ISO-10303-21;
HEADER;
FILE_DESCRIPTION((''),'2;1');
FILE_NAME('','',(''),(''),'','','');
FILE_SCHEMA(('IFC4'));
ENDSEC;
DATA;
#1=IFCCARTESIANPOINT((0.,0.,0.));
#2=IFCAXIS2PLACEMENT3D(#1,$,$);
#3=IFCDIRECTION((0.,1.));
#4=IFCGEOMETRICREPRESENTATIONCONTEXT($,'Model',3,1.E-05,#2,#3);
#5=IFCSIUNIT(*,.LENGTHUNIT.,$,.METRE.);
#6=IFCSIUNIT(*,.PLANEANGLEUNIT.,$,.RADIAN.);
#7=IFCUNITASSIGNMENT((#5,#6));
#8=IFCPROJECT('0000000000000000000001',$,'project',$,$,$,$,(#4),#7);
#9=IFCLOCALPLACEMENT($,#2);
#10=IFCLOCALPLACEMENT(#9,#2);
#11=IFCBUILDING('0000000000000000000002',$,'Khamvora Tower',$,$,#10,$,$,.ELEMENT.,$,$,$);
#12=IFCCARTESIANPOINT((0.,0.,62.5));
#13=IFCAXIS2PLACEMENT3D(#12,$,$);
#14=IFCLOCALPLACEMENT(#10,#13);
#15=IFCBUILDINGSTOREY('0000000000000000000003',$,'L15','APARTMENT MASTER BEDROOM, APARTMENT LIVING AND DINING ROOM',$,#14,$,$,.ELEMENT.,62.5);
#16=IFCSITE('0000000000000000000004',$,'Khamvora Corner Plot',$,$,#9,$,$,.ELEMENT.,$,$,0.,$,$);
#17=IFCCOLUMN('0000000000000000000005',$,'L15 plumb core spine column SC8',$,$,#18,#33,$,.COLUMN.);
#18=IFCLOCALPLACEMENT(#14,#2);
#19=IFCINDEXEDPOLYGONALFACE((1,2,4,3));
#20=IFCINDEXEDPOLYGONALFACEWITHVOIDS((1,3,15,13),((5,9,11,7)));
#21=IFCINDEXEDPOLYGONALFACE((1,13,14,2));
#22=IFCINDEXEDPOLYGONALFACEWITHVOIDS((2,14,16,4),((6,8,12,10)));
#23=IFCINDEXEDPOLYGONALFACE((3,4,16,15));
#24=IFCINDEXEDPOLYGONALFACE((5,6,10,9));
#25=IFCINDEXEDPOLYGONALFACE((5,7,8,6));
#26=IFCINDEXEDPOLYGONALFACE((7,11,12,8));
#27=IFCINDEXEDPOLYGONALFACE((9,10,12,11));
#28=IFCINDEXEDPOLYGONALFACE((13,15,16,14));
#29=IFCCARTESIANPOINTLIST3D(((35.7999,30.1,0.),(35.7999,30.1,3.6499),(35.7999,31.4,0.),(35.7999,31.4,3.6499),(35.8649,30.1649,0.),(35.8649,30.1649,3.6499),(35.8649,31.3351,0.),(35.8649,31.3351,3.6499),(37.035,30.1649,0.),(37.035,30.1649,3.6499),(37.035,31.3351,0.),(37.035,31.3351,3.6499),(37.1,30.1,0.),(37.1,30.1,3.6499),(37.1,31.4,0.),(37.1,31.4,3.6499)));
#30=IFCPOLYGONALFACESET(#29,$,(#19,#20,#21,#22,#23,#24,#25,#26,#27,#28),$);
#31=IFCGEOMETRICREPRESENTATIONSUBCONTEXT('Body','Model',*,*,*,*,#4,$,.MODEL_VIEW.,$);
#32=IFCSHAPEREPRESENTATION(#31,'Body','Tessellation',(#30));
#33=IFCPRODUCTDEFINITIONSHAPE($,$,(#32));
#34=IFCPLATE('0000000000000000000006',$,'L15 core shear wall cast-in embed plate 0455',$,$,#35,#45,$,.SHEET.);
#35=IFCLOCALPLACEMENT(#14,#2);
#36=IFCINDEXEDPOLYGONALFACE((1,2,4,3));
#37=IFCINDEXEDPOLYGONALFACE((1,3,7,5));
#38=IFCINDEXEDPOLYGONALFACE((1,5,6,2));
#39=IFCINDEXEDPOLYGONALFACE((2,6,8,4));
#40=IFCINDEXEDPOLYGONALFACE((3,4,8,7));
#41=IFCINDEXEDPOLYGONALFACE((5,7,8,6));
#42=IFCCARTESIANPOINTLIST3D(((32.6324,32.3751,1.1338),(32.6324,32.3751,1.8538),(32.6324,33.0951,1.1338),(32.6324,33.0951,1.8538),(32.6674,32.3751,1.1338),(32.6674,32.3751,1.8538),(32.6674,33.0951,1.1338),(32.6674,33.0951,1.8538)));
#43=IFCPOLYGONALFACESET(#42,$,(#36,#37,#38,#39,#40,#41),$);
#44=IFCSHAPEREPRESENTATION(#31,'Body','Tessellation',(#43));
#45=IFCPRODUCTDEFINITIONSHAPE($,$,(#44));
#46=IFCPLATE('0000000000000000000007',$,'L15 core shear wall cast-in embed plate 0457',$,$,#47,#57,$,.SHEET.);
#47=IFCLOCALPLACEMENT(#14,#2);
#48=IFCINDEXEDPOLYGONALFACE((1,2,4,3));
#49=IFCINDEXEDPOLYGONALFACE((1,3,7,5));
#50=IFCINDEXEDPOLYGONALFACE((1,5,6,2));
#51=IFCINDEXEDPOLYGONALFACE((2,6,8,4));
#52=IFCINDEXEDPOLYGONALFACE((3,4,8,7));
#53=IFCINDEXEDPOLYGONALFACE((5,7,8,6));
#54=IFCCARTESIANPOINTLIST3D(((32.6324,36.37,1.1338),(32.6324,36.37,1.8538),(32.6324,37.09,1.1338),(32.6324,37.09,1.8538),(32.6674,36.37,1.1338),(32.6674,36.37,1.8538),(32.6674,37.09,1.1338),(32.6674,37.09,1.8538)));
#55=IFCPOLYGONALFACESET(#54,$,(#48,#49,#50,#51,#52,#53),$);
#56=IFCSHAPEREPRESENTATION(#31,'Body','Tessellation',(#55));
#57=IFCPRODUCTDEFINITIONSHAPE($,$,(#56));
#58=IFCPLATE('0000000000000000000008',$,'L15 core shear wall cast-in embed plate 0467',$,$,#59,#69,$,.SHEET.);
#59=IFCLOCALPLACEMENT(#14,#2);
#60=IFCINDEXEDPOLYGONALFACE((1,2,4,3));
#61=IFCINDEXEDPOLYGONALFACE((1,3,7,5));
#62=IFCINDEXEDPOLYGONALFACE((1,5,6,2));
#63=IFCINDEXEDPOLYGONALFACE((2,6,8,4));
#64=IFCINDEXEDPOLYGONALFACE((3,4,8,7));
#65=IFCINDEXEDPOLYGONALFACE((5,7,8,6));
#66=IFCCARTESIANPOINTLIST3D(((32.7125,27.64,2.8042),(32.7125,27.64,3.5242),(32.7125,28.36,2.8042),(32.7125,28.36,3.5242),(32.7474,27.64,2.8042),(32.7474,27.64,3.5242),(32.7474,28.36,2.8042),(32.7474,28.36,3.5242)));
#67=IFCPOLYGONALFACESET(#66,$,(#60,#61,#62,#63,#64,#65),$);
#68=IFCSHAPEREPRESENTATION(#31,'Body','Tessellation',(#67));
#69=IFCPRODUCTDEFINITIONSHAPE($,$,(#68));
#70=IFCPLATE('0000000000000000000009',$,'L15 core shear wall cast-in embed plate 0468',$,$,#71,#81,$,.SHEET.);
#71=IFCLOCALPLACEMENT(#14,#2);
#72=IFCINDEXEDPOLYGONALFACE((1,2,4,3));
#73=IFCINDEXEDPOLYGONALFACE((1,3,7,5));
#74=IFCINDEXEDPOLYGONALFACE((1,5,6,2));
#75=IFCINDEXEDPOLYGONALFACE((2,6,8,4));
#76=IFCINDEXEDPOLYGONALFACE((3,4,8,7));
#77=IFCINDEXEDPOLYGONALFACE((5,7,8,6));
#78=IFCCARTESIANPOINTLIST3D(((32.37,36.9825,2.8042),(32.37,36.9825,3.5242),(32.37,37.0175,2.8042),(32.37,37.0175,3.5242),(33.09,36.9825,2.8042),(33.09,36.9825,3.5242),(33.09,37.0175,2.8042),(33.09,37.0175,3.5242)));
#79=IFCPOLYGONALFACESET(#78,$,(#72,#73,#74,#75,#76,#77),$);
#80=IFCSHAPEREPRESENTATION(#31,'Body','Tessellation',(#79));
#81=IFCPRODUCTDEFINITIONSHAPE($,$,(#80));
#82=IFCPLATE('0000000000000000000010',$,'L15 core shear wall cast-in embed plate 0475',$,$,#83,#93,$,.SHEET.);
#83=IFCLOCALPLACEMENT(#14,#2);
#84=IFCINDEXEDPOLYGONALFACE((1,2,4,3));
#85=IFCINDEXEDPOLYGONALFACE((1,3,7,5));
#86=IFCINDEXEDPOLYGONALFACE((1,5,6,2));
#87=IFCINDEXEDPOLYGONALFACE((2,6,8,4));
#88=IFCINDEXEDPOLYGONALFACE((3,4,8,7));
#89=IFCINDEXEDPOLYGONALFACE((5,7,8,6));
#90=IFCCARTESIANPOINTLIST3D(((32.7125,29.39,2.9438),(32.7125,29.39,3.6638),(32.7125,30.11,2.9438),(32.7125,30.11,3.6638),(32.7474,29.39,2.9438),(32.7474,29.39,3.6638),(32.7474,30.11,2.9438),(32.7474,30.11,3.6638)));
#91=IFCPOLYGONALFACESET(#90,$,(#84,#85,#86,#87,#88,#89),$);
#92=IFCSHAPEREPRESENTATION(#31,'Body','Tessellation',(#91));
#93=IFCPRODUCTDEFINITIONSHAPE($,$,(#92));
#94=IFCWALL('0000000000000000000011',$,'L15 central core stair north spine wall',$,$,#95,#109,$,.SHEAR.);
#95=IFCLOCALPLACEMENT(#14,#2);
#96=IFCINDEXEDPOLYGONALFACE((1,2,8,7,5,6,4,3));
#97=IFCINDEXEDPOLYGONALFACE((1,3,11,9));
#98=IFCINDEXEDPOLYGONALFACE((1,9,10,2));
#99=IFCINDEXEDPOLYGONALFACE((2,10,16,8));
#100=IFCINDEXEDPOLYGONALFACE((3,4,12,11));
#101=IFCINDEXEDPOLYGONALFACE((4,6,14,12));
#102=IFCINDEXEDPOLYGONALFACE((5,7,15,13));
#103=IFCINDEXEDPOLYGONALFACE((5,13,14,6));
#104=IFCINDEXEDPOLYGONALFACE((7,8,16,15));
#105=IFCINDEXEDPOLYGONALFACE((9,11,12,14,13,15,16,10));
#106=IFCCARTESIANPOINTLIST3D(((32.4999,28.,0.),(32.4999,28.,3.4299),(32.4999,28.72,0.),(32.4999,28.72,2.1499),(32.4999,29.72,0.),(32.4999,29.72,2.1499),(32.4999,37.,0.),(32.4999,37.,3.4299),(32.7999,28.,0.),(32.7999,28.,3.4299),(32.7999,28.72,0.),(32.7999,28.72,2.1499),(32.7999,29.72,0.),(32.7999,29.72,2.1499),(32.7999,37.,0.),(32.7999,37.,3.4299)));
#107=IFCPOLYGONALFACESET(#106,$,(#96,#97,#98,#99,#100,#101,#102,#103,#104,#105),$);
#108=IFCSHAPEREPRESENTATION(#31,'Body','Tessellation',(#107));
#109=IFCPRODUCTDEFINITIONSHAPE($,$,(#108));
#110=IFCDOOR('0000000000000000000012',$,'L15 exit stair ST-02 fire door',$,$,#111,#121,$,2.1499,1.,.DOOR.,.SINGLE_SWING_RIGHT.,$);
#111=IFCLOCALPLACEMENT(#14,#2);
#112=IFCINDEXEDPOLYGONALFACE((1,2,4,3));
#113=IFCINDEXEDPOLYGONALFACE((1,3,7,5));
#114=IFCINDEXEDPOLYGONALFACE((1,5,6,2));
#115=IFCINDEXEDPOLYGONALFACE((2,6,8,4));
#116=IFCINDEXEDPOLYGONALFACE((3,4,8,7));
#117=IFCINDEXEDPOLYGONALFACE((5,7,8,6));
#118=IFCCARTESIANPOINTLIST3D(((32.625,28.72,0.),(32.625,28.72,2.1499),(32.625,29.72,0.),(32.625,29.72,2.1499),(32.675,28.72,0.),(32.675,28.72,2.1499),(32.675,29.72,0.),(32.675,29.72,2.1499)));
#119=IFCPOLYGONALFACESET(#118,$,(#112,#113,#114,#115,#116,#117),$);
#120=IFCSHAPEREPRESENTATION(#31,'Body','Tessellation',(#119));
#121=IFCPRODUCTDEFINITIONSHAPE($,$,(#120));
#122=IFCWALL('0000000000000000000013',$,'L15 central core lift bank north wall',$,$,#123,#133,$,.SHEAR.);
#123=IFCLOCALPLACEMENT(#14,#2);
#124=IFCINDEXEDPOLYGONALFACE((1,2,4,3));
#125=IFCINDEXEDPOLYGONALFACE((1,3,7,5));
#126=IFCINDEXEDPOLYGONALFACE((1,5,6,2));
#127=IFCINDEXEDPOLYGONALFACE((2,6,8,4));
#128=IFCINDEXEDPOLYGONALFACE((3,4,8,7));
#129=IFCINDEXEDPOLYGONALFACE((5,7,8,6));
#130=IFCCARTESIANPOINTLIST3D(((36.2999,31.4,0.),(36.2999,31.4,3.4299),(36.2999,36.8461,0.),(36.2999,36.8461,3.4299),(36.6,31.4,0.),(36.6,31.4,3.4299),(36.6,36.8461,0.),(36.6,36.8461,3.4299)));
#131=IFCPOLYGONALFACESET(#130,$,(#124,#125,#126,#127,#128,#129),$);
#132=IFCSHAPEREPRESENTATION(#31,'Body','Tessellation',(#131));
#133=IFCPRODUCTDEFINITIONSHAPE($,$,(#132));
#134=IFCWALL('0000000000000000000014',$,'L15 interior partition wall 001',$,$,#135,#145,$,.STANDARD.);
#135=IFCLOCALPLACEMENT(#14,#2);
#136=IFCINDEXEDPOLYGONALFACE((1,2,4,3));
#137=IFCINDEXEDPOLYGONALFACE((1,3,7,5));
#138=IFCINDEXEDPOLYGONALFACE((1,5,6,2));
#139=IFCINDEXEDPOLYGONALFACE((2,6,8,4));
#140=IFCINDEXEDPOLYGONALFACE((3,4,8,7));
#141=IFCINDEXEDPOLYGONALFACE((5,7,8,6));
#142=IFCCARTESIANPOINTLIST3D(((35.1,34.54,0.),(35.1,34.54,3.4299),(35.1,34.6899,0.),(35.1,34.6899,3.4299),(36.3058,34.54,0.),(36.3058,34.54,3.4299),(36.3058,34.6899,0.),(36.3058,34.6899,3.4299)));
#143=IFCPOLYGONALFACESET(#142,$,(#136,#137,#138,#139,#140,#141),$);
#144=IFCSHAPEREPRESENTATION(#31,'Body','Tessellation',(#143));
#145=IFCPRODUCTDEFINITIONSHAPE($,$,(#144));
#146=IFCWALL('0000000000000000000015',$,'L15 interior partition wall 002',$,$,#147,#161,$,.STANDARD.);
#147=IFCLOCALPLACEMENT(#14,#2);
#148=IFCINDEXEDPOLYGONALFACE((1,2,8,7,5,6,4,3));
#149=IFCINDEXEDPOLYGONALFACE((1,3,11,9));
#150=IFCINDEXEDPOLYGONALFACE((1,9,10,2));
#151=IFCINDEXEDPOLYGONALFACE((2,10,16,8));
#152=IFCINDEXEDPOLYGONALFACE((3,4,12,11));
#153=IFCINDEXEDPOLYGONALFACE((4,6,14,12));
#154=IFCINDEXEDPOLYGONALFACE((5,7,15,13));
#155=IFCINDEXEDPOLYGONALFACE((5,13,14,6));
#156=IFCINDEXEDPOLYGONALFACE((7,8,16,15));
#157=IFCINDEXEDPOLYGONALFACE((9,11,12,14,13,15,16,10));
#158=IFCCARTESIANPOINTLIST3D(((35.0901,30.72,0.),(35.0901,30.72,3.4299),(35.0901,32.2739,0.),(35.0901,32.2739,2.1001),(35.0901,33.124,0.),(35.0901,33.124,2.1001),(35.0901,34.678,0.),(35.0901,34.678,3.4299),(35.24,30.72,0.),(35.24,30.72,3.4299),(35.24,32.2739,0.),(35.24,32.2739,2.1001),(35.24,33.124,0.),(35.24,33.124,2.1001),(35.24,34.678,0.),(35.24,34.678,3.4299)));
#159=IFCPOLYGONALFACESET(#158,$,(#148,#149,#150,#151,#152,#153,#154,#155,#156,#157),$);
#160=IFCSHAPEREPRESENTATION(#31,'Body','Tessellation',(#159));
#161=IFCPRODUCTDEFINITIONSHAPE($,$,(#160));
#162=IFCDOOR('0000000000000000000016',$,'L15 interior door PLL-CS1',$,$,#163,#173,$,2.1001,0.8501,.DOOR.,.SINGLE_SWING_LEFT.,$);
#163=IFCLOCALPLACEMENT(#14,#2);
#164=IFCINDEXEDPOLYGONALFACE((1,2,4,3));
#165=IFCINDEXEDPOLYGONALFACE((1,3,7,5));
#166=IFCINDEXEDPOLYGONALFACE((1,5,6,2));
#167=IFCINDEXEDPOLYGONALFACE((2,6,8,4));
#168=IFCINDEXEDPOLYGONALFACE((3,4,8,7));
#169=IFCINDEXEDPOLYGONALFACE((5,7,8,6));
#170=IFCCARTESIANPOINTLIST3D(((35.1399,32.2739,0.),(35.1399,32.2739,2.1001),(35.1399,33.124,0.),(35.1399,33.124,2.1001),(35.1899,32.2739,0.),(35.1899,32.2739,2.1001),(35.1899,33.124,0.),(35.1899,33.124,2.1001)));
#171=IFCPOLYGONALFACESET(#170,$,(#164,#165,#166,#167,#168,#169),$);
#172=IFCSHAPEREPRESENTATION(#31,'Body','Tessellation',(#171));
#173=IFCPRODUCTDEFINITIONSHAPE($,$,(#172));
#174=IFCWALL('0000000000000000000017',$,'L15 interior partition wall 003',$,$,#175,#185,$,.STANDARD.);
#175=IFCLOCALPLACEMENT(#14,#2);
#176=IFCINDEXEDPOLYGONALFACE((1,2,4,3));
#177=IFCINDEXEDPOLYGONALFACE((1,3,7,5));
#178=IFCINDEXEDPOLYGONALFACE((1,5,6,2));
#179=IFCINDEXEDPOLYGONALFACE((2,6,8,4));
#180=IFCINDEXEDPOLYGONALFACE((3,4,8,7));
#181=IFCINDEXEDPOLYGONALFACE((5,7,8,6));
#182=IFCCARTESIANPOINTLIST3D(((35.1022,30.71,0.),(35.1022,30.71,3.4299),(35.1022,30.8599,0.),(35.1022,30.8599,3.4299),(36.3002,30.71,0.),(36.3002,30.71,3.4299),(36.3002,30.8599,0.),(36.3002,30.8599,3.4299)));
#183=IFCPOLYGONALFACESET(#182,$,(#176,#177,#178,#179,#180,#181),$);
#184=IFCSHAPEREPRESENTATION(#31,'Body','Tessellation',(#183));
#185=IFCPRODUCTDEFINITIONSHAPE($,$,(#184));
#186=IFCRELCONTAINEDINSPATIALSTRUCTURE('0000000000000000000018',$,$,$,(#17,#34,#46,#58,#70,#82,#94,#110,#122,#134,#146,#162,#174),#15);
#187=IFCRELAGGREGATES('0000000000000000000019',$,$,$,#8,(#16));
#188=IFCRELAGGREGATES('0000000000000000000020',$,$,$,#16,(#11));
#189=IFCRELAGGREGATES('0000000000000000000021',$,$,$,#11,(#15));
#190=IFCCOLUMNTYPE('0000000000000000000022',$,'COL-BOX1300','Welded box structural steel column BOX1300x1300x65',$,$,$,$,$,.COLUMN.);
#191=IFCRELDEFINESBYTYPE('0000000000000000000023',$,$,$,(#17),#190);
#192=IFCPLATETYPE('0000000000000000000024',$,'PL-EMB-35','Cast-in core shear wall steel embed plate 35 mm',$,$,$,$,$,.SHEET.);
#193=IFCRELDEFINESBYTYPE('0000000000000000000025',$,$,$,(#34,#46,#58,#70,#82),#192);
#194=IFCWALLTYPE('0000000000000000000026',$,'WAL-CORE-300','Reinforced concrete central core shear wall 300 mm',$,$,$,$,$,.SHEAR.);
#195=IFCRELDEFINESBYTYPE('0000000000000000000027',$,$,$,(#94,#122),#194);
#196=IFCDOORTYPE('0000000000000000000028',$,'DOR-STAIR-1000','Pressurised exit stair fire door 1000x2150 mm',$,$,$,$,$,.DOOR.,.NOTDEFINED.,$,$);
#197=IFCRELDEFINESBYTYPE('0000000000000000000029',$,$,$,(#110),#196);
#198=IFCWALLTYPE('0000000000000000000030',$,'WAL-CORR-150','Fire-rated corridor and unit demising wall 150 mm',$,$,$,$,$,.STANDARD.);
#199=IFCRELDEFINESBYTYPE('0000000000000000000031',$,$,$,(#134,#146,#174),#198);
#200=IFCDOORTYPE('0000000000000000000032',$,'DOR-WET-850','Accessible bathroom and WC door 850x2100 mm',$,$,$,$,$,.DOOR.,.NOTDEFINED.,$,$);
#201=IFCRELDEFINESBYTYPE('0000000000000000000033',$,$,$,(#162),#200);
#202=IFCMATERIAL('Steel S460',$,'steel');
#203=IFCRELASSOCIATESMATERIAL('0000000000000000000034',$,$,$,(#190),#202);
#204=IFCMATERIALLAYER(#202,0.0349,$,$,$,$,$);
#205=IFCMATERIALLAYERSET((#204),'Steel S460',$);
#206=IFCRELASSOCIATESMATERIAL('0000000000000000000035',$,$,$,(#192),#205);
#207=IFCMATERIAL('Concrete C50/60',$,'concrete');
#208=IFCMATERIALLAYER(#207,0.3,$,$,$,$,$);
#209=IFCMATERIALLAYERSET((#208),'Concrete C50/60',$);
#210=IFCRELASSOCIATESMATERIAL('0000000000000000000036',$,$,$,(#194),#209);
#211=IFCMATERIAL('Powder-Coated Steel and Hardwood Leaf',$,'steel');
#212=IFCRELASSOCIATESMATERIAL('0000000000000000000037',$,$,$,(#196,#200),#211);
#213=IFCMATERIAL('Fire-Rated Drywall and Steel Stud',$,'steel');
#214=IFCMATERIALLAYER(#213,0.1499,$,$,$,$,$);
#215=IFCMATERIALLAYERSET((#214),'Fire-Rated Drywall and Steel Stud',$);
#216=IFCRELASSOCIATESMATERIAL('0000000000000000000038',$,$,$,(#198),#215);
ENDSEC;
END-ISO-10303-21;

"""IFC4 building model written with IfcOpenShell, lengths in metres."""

from ifc_helpers import new_model, si_unit, direction, frame, frame_2d, origin, origin_2d, place, context, subcontext, project, spatial, rectangle, hollow_rectangle, extrude, material, layer, layer_set, material_profile, profile_set, type_object, element, fill, save


model = new_model("IFC4")

# Units and contexts
model_context = context("Model", 3, precision=1e-05, world=origin(), true_north=direction((0.0, 1.0)))
body_context = subcontext(model_context, "Body", "Model", "MODEL_VIEW")
ifc_project = project(units=[si_unit("LENGTHUNIT", "METRE"), si_unit("PLANEANGLEUNIT", "RADIAN")], contexts=[model_context])

# Site, building, storey
site_placement = place(None, origin())
site = spatial("IfcSite", under=ifc_project, at=site_placement, Name="Khamvora Corner Plot", CompositionType="ELEMENT", RefElevation=0.0)
building_placement = place(site_placement, origin())
building = spatial("IfcBuilding", under=site, at=building_placement, Name="Khamvora Tower", CompositionType="ELEMENT")
storey_placement = place(building_placement, frame((0.0, 0.0, 62.5)))
storey = spatial("IfcBuildingStorey", under=building, at=storey_placement, Name="L15", Description="APARTMENT MASTER BEDROOM, APARTMENT LIVING AND DINING ROOM", CompositionType="ELEMENT", Elevation=62.5)

# Column
ifc_material_1 = material(Name="Steel S460", Category="steel")
ifc_material_profile = material_profile(ifc_material_1, hollow_rectangle(XDim=1.3, YDim=1.3, WallThickness=0.0649, at=origin_2d()), Name="BOX1300x1300x65")
ifc_profile_set = profile_set([ifc_material_profile], Name="Steel S460")
column_type = type_object("IfcColumnType", Name="COL-BOX1300", Description="Welded box structural steel column BOX1300x1300x65", PredefinedType="COLUMN", material=ifc_profile_set)
column_placement = place(storey_placement, frame((36.45, 30.75, 0.0), z_axis=(0.0, 0.0, 1.0), x_axis=(1.0, 0.0, 0.0)))
element("IfcColumn", 1, at=column_placement, inside=storey, type_object=column_type, Name="L15 plumb core spine column SC8", PredefinedType="COLUMN", context=body_context, shape_type="SweptSolid", body=[
    extrude(hollow_rectangle(XDim=1.3, YDim=1.3, WallThickness=0.0649, at=origin_2d()), origin(), (0.0, 0.0, 1.0), 3.6499),
])

# Plates
ifc_layer_1 = layer(ifc_material_1, 0.0349)
ifc_layer_set_1 = layer_set([ifc_layer_1], Name="Steel S460")
plate_type = type_object("IfcPlateType", Name="PL-EMB-35", Description="Cast-in core shear wall steel embed plate 35 mm", PredefinedType="SHEET", material=ifc_layer_set_1)
for number, where, z_axis, x_axis, name in (
    (2, (32.6499, 32.7351, 1.1338), (0.0, 0.0, 1.0), (1.0, 0.0, 0.0), "L15 core shear wall cast-in embed plate 0455"),
    (3, (32.6499, 36.73, 1.1338), (0.0, 0.0, 1.0), (1.0, 0.0, 0.0), "L15 core shear wall cast-in embed plate 0457"),
    (4, (32.73, 28.0, 2.8042), (0.0, 0.0, 1.0), (1.0, 0.0, 0.0), "L15 core shear wall cast-in embed plate 0467"),
):
    element("IfcPlate", number, at=place(storey_placement, frame(where, z_axis=z_axis, x_axis=x_axis)), inside=storey, type_object=plate_type, Name=name, PredefinedType="SHEET", context=body_context, shape_type="SweptSolid", body=[
        extrude(rectangle(XDim=0.0349, YDim=0.72, at=origin_2d()), origin(), (0.0, 0.0, 1.0), 0.72),
    ])
plate_1_placement = place(storey_placement, frame((32.73, 37.0, 2.8042), z_axis=(0.0, 0.0, 1.0), x_axis=(1.0, 0.0, 0.0)))
element("IfcPlate", 5, at=plate_1_placement, inside=storey, type_object=plate_type, Name="L15 core shear wall cast-in embed plate 0468", PredefinedType="SHEET", context=body_context, shape_type="SweptSolid", body=[
    extrude(rectangle(XDim=0.72, YDim=0.0349, at=origin_2d()), origin(), (0.0, 0.0, 1.0), 0.72),
])
plate_2_placement = place(storey_placement, frame((32.73, 29.75, 2.9438), z_axis=(0.0, 0.0, 1.0), x_axis=(1.0, 0.0, 0.0)))
element("IfcPlate", 6, at=plate_2_placement, inside=storey, type_object=plate_type, Name="L15 core shear wall cast-in embed plate 0475", PredefinedType="SHEET", context=body_context, shape_type="SweptSolid", body=[
    extrude(rectangle(XDim=0.0349, YDim=0.72, at=origin_2d()), origin(), (0.0, 0.0, 1.0), 0.72),
])

# Wall, opening, door
ifc_material_2 = material(Name="Concrete C50/60", Category="concrete")
ifc_layer_2 = layer(ifc_material_2, 0.3)
ifc_layer_set_2 = layer_set([ifc_layer_2], Name="Concrete C50/60")
wall_type_1 = type_object("IfcWallType", Name="WAL-CORE-300", Description="Reinforced concrete central core shear wall 300 mm", PredefinedType="SHEAR", material=ifc_layer_set_2)
wall_1_placement = place(storey_placement, frame((32.6499, 28.0, 0.0), z_axis=(0.0, 0.0, 1.0), x_axis=(0.0, 1.0, 0.0)))
wall_1 = element("IfcWall", 7, at=wall_1_placement, inside=storey, type_object=wall_type_1, Name="L15 central core stair north spine wall", PredefinedType="SHEAR", context=body_context, shape_type="SweptSolid", body=[
    extrude(rectangle(XDim=9.0, YDim=0.3, at=frame_2d((4.5, 0.0))), origin(), (0.0, 0.0, 1.0), 3.4299),
])
opening_1_placement = place(wall_1_placement, frame((0.72, 0.0, 0.0)))
opening_1 = element("IfcOpeningElement", 8, at=opening_1_placement, cuts=wall_1, PredefinedType="OPENING", context=body_context, shape_type="SweptSolid", body=[
    extrude(rectangle(XDim=1.0, YDim=2.1499, at=frame_2d((0.5, 1.075))), frame((0.0, 0.1599, 0.0), z_axis=(0.0, -1.0, 0.0), x_axis=(1.0, 0.0, 0.0)), (0.0, 0.0, 1.0), 0.3201),
])
ifc_material_3 = material(Name="Powder-Coated Steel and Hardwood Leaf", Category="steel")
door_type_1 = type_object("IfcDoorType", Name="DOR-STAIR-1000", Description="Pressurised exit stair fire door 1000x2150 mm", OperationType="NOTDEFINED", PredefinedType="DOOR", material=ifc_material_3)
door_1_placement = place(opening_1_placement, origin())
door_1 = element("IfcDoor", 9, at=door_1_placement, inside=storey, type_object=door_type_1, Name="L15 exit stair ST-02 fire door", OperationType="SINGLE_SWING_RIGHT", OverallHeight=2.1499, OverallWidth=1.0, PredefinedType="DOOR", context=body_context, shape_type="SweptSolid", body=[
    extrude(rectangle(XDim=1.0, YDim=2.1499, at=frame_2d((0.5, 1.075))), frame((0.0, 0.0249, 0.0), z_axis=(0.0, -1.0, 0.0), x_axis=(1.0, 0.0, 0.0)), (0.0, 0.0, 1.0), 0.05),
])
fill(opening_1, door_1)

# Walls
wall_2_placement = place(storey_placement, frame((36.45, 31.3999, 0.0), z_axis=(0.0, 0.0, 1.0), x_axis=(0.0, 1.0, 0.0)))
element("IfcWall", 10, at=wall_2_placement, inside=storey, type_object=wall_type_1, Name="L15 central core lift bank north wall", PredefinedType="SHEAR", context=body_context, shape_type="SweptSolid", body=[
    extrude(rectangle(XDim=5.446, YDim=0.3, at=frame_2d((2.7231, 0.0))), origin(), (0.0, 0.0, 1.0), 3.4299),
])
ifc_material_4 = material(Name="Fire-Rated Drywall and Steel Stud", Category="steel")
ifc_layer_3 = layer(ifc_material_4, 0.1499)
ifc_layer_set_3 = layer_set([ifc_layer_3], Name="Fire-Rated Drywall and Steel Stud")
wall_type_2 = type_object("IfcWallType", Name="WAL-CORR-150", Description="Fire-rated corridor and unit demising wall 150 mm", PredefinedType="STANDARD", material=ifc_layer_set_3)
wall_3_placement = place(storey_placement, frame((36.3059, 34.615, 0.0), z_axis=(0.0, 0.0, 1.0), x_axis=(-1.0, 0.0, 0.0)))
element("IfcWall", 11, at=wall_3_placement, inside=storey, type_object=wall_type_2, Name="L15 interior partition wall 001", PredefinedType="STANDARD", context=body_context, shape_type="SweptSolid", body=[
    extrude(rectangle(XDim=1.2058, YDim=0.1499, at=frame_2d((0.603, 0.0))), origin(), (0.0, 0.0, 1.0), 3.4299),
])

# Wall, opening, door
wall_4_placement = place(storey_placement, frame((35.165, 34.678, 0.0), z_axis=(0.0, 0.0, 1.0), x_axis=(0.0, -1.0, 0.0)))
wall_4 = element("IfcWall", 12, at=wall_4_placement, inside=storey, type_object=wall_type_2, Name="L15 interior partition wall 002", PredefinedType="STANDARD", context=body_context, shape_type="SweptSolid", body=[
    extrude(rectangle(XDim=3.958, YDim=0.1499, at=frame_2d((1.979, 0.0))), origin(), (0.0, 0.0, 1.0), 3.4299),
])
opening_2_placement = place(wall_4_placement, frame((1.554, 0.0, 0.0)))
opening_2 = element("IfcOpeningElement", 13, at=opening_2_placement, cuts=wall_4, PredefinedType="OPENING", context=body_context, shape_type="SweptSolid", body=[
    extrude(rectangle(XDim=0.8501, YDim=2.1001, at=frame_2d((0.425, 1.05))), frame((0.0, 0.085, 0.0), z_axis=(0.0, -1.0, 0.0), x_axis=(1.0, 0.0, 0.0)), (0.0, 0.0, 1.0), 0.1699),
])
door_type_2 = type_object("IfcDoorType", Name="DOR-WET-850", Description="Accessible bathroom and WC door 850x2100 mm", OperationType="NOTDEFINED", PredefinedType="DOOR", material=ifc_material_3)
door_2_placement = place(opening_2_placement, origin())
door_2 = element("IfcDoor", 14, at=door_2_placement, inside=storey, type_object=door_type_2, Name="L15 interior door PLL-CS1", OperationType="SINGLE_SWING_LEFT", OverallHeight=2.1001, OverallWidth=0.8501, PredefinedType="DOOR", context=body_context, shape_type="SweptSolid", body=[
    extrude(rectangle(XDim=0.8501, YDim=2.1001, at=frame_2d((0.425, 1.05))), frame((0.0, 0.0249, 0.0), z_axis=(0.0, -1.0, 0.0), x_axis=(1.0, 0.0, 0.0)), (0.0, 0.0, 1.0), 0.05),
])
fill(opening_2, door_2)

# Wall
wall_5_placement = place(storey_placement, frame((35.1021, 30.7849, 0.0), z_axis=(0.0, 0.0, 1.0), x_axis=(1.0, 0.0, 0.0)))
element("IfcWall", 15, at=wall_5_placement, inside=storey, type_object=wall_type_2, Name="L15 interior partition wall 003", PredefinedType="STANDARD", context=body_context, shape_type="SweptSolid", body=[
    extrude(rectangle(XDim=1.198, YDim=0.1499, at=frame_2d((0.5991, 0.0))), origin(), (0.0, 0.0, 1.0), 3.4299),
])

save(model, "model.ifc")
